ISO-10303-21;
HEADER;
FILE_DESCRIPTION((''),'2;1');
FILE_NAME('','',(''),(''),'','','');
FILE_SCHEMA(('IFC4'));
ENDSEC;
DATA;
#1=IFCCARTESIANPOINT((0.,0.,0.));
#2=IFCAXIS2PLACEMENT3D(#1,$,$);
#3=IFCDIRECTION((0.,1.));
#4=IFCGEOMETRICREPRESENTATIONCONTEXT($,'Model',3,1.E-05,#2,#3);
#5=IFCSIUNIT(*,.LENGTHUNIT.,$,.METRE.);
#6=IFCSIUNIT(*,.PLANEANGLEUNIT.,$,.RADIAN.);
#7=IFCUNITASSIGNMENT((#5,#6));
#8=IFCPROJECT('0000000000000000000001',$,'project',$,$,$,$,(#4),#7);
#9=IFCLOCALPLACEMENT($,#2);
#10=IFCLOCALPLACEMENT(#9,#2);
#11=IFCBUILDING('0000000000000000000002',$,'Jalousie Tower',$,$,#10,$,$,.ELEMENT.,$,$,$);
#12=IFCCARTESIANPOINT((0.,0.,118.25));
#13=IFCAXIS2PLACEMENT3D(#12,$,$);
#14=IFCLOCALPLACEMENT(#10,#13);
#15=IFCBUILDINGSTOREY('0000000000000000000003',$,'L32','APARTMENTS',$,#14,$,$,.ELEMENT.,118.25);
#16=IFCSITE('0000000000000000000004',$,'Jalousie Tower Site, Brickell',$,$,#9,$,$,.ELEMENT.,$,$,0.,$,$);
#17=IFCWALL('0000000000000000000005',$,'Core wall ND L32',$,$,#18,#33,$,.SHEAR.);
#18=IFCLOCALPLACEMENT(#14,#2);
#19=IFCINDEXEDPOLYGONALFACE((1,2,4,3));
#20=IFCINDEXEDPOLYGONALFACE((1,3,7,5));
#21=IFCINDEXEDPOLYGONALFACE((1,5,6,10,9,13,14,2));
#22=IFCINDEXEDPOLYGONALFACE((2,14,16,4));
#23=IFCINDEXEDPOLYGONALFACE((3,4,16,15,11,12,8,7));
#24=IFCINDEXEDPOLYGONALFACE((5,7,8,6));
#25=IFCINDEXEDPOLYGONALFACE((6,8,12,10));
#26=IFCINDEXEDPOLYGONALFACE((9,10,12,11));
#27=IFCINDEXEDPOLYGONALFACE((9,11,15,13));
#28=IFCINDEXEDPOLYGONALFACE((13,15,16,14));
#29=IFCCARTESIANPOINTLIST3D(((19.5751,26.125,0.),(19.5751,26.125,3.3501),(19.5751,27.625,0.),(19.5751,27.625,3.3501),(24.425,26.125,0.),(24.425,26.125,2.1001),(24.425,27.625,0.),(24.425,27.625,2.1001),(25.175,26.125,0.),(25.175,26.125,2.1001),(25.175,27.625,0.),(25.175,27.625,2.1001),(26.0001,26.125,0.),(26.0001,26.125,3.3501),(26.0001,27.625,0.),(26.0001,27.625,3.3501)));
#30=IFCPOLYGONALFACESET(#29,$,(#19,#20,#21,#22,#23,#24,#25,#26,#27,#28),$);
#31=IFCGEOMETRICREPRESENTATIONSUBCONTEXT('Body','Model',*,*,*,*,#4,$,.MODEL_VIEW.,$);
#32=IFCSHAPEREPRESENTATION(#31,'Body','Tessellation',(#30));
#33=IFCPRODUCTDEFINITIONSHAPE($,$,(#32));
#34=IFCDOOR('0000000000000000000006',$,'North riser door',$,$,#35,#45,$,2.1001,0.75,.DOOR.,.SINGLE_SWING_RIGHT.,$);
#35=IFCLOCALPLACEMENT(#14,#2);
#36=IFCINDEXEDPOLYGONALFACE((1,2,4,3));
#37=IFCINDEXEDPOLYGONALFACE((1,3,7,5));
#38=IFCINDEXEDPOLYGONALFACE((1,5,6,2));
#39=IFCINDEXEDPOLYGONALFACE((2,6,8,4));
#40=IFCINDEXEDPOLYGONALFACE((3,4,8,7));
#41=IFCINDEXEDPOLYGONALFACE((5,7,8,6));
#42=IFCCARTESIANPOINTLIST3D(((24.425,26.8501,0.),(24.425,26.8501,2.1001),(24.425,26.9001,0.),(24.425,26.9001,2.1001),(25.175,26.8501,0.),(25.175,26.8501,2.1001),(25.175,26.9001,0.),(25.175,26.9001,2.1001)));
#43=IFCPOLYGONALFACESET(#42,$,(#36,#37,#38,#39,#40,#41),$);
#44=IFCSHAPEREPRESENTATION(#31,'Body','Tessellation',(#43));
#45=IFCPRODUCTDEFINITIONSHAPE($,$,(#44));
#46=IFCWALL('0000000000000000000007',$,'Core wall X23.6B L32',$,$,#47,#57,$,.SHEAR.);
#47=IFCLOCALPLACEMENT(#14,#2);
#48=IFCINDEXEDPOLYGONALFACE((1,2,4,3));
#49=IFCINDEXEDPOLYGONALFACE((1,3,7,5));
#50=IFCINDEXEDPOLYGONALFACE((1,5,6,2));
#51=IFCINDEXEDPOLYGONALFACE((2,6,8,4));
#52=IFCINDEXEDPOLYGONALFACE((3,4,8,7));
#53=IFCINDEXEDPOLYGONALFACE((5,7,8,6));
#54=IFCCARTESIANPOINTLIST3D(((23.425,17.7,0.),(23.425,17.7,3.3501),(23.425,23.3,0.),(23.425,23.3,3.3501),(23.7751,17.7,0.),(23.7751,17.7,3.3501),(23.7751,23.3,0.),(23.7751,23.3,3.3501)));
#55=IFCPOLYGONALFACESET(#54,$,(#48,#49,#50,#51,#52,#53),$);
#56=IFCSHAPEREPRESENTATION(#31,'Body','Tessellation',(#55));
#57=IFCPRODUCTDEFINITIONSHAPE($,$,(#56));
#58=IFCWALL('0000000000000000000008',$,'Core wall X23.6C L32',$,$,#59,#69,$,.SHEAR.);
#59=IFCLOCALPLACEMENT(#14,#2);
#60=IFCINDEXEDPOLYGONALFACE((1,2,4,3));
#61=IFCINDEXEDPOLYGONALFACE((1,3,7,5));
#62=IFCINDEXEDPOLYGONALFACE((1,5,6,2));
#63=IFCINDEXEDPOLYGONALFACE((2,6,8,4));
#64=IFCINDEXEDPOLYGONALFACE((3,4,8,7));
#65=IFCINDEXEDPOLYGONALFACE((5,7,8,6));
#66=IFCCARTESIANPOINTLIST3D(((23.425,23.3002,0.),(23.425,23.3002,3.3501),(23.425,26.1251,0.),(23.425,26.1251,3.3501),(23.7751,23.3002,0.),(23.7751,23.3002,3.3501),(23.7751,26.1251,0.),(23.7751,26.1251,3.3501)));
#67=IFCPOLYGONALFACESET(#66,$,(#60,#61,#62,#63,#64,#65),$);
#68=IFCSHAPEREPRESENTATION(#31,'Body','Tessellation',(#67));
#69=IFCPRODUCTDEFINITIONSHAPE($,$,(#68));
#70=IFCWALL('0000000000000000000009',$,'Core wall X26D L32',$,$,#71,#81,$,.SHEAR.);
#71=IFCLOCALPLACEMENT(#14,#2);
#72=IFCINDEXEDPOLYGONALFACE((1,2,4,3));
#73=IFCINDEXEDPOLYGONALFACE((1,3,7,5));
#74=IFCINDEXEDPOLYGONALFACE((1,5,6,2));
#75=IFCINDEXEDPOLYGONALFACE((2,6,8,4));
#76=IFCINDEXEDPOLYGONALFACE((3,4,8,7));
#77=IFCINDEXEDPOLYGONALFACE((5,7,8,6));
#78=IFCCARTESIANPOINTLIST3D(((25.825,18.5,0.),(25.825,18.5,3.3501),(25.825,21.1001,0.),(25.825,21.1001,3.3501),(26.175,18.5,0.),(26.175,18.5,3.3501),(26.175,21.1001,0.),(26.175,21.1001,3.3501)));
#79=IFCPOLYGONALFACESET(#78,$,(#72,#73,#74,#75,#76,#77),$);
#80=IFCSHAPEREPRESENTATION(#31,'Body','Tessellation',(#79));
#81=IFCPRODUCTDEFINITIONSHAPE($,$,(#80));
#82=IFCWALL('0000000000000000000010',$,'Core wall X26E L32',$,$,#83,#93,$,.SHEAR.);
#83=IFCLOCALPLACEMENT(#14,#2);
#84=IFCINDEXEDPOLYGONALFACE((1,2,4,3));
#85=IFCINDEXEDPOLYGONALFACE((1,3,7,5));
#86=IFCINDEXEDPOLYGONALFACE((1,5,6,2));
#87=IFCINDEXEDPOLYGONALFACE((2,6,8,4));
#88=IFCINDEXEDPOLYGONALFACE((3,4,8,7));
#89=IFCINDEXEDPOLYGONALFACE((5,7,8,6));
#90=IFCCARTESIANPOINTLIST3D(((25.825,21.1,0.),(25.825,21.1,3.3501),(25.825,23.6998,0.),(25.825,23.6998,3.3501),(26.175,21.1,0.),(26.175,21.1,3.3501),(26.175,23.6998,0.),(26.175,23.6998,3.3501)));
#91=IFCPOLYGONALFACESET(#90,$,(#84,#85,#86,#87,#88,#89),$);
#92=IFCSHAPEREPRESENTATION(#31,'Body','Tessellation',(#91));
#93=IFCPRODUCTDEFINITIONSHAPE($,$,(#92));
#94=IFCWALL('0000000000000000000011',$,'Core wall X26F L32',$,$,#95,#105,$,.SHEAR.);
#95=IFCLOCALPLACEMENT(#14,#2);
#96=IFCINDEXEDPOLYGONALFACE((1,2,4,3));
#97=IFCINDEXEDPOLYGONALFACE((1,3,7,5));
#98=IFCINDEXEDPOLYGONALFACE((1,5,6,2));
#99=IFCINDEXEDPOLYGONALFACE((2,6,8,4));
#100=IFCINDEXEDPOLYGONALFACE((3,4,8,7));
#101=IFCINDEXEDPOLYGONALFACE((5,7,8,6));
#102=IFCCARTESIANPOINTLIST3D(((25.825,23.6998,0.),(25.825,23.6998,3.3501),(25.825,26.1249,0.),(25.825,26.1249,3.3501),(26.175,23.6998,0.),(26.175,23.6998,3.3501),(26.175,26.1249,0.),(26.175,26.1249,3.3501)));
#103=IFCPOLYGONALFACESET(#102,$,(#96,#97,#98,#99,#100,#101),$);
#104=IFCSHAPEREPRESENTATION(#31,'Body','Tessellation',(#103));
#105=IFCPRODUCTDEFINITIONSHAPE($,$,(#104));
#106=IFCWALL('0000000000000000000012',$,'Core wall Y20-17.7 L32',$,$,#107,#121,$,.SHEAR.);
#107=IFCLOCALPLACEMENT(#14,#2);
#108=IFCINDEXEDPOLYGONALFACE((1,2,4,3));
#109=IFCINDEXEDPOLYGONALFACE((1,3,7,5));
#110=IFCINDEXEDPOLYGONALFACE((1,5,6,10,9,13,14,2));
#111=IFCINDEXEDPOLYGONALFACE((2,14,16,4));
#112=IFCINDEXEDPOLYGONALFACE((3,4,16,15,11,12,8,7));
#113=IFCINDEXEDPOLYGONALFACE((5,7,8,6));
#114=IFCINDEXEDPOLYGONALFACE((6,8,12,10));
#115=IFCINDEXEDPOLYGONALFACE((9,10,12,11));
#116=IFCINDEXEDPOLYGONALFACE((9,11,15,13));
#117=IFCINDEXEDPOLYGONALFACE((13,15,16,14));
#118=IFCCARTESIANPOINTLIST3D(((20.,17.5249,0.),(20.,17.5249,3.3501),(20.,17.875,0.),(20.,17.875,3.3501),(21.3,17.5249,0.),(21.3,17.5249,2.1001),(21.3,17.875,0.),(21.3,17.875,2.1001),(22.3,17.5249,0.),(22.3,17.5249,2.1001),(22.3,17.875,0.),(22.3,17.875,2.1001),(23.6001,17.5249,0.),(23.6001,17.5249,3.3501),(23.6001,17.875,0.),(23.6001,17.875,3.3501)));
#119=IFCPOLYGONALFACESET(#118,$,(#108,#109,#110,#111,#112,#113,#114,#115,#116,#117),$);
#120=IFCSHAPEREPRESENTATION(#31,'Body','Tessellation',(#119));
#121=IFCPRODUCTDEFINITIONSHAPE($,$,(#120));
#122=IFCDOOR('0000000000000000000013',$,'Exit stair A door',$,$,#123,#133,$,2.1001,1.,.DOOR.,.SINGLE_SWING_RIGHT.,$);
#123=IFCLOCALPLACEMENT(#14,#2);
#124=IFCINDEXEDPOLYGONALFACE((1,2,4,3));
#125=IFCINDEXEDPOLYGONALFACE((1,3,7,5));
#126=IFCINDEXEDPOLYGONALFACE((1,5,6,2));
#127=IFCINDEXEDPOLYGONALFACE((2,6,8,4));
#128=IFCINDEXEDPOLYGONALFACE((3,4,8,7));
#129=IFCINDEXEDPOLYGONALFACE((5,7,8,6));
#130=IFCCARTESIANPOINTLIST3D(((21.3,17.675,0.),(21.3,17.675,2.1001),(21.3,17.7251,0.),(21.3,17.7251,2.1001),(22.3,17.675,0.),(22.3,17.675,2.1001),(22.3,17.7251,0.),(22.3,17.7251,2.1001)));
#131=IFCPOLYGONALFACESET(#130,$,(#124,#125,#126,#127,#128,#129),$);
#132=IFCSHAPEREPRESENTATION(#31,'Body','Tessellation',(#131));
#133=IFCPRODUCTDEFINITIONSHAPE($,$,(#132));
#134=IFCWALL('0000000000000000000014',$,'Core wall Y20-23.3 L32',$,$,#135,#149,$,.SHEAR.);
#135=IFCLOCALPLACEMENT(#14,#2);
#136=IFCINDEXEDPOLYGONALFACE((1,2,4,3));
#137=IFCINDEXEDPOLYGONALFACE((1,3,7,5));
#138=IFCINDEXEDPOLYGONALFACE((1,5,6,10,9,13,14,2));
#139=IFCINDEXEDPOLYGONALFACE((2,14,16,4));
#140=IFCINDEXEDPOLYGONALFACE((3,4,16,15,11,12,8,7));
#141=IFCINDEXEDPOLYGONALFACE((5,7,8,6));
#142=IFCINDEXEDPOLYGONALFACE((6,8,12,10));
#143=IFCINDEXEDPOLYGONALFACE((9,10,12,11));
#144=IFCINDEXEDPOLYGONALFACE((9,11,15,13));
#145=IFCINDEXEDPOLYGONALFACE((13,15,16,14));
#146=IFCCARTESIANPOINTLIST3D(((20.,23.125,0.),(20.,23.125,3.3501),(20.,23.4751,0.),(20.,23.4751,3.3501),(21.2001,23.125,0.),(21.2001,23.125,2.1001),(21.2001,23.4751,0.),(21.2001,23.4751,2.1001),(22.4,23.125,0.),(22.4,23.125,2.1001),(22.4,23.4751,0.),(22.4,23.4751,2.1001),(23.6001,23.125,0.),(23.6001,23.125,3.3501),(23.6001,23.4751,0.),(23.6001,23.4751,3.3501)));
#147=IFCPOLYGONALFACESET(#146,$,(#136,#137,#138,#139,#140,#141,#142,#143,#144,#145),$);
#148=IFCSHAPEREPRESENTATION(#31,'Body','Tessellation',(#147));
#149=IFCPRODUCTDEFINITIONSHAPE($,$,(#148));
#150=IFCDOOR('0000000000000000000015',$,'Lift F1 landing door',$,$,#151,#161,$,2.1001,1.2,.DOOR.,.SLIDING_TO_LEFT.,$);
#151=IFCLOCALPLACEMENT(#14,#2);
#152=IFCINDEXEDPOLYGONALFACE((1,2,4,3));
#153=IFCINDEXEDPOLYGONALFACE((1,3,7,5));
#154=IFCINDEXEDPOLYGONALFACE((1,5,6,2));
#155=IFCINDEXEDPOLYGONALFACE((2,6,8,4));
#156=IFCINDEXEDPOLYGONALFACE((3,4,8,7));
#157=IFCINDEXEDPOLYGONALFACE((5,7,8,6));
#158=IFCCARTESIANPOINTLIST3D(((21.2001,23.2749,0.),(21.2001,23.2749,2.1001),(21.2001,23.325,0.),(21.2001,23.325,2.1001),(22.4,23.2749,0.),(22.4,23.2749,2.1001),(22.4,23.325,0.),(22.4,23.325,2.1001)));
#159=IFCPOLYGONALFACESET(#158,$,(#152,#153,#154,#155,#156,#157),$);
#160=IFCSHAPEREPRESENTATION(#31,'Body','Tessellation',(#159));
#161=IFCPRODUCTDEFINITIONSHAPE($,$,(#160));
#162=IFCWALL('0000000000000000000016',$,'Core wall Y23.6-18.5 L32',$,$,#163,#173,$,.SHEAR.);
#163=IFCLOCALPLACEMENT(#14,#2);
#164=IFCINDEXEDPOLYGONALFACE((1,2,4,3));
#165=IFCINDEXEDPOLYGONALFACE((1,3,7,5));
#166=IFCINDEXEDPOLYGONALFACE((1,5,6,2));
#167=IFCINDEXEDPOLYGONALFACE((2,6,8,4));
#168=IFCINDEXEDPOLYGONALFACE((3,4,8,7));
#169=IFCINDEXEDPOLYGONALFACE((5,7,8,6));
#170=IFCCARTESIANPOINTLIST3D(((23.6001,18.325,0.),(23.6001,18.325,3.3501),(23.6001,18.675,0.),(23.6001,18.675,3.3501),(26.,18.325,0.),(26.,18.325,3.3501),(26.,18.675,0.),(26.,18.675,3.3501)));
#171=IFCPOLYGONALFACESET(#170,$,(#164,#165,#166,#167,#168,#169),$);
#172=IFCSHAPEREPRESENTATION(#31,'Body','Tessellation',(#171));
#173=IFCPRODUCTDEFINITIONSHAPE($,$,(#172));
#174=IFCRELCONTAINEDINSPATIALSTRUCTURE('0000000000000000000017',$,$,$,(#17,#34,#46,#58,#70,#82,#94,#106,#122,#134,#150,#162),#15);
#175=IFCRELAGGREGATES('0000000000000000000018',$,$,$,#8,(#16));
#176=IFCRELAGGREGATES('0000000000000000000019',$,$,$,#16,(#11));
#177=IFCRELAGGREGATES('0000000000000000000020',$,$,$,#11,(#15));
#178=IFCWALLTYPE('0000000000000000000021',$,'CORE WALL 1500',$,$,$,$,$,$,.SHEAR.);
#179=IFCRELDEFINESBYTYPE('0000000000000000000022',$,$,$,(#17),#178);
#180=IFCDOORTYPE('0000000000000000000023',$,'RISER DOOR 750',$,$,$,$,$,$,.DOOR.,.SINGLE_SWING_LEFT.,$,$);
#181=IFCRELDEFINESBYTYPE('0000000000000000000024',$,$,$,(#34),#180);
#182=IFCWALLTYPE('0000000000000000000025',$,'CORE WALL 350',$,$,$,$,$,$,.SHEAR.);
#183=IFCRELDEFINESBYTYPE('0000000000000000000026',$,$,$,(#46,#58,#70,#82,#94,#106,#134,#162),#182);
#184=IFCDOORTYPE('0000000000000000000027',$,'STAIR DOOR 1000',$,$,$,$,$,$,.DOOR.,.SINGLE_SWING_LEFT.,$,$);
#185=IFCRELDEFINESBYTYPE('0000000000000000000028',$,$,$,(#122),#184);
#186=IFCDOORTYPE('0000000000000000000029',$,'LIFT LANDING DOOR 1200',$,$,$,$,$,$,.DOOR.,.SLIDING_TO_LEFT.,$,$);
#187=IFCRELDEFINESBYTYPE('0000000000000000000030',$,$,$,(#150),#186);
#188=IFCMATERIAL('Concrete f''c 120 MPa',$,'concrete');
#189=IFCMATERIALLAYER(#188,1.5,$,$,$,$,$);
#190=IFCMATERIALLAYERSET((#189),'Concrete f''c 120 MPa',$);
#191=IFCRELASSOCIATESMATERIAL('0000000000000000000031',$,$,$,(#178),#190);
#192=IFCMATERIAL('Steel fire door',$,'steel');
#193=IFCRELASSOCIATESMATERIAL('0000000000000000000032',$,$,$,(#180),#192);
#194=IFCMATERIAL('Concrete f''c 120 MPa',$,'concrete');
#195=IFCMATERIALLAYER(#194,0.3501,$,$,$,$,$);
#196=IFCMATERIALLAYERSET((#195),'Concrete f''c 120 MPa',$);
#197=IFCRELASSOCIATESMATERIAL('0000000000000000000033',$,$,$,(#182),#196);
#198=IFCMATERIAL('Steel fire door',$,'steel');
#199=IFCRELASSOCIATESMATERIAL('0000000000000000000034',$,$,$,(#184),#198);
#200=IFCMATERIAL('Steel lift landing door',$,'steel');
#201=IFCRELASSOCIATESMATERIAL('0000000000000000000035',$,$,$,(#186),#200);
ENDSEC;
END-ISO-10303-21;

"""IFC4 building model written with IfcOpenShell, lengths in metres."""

from ifc_helpers import new_model, si_unit, direction, frame, frame_2d, origin, place, context, subcontext, project, spatial, rectangle, extrude, material, layer, layer_set, type_object, element, fill, save


model = new_model("IFC4")

# Units and contexts
model_context = context("Model", 3, precision=1e-05, world=origin(), true_north=direction((0.0, 1.0)))
body_context = subcontext(model_context, "Body", "Model", "MODEL_VIEW")
ifc_project = project(units=[si_unit("LENGTHUNIT", "METRE"), si_unit("PLANEANGLEUNIT", "RADIAN")], contexts=[model_context])

# Site, building, storey
site_placement = place(None, origin())
site = spatial("IfcSite", under=ifc_project, at=site_placement, Name="Jalousie Tower Site, Brickell", CompositionType="ELEMENT", RefElevation=0.0)
building_placement = place(site_placement, origin())
building = spatial("IfcBuilding", under=site, at=building_placement, Name="Jalousie Tower", CompositionType="ELEMENT")
storey_placement = place(building_placement, frame((0.0, 0.0, 118.25)))
storey = spatial("IfcBuildingStorey", under=building, at=storey_placement, Name="L32", Description="APARTMENTS", CompositionType="ELEMENT", Elevation=118.25)

# Wall, opening, door
ifc_material_1 = material(Name="Concrete f'c 120 MPa", Category="concrete")
ifc_layer_1 = layer(ifc_material_1, 1.5)
ifc_layer_set_1 = layer_set([ifc_layer_1], Name="Concrete f'c 120 MPa")
wall_type_1 = type_object("IfcWallType", Name="CORE WALL 1500", PredefinedType="SHEAR", material=ifc_layer_set_1)
wall_1_placement = place(storey_placement, frame((26.0, 26.875, 0.0), z_axis=(0.0, 0.0, 1.0), x_axis=(-1.0, 0.0, 0.0)))
wall_1 = element("IfcWall", 1, at=wall_1_placement, inside=storey, type_object=wall_type_1, Name="Core wall ND L32", PredefinedType="SHEAR", context=body_context, shape_type="SweptSolid", body=[
    extrude(rectangle(XDim=6.425, YDim=1.5, at=frame_2d((3.2124, 0.0))), origin(), (0.0, 0.0, 1.0), 3.3501),
])
opening_1_placement = place(wall_1_placement, frame((0.825, 0.0, 0.0)))
opening_1 = element("IfcOpeningElement", 2, at=opening_1_placement, cuts=wall_1, PredefinedType="OPENING", context=body_context, shape_type="SweptSolid", body=[
    extrude(rectangle(XDim=0.75, YDim=2.1001, at=frame_2d((0.375, 1.05))), frame((0.0, 0.76, 0.0), z_axis=(0.0, -1.0, 0.0), x_axis=(1.0, 0.0, 0.0)), (0.0, 0.0, 1.0), 1.52),
])
ifc_material_2 = material(Name="Steel fire door", Category="steel")
door_type_1 = type_object("IfcDoorType", Name="RISER DOOR 750", OperationType="SINGLE_SWING_LEFT", PredefinedType="DOOR", material=ifc_material_2)
door_1_placement = place(opening_1_placement, origin())
door_1 = element("IfcDoor", 3, at=door_1_placement, inside=storey, type_object=door_type_1, Name="North riser door", OperationType="SINGLE_SWING_RIGHT", OverallHeight=2.1001, OverallWidth=0.75, PredefinedType="DOOR", context=body_context, shape_type="SweptSolid", body=[
    extrude(rectangle(XDim=0.75, YDim=2.1001, at=frame_2d((0.375, 1.05))), frame((0.0, 0.0249, 0.0), z_axis=(0.0, -1.0, 0.0), x_axis=(1.0, 0.0, 0.0)), (0.0, 0.0, 1.0), 0.05),
])
fill(opening_1, door_1)

# Walls
ifc_material_3 = material(Name="Concrete f'c 120 MPa", Category="concrete")
ifc_layer_2 = layer(ifc_material_3, 0.3501)
ifc_layer_set_2 = layer_set([ifc_layer_2], Name="Concrete f'c 120 MPa")
wall_type_2 = type_object("IfcWallType", Name="CORE WALL 350", PredefinedType="SHEAR", material=ifc_layer_set_2)
wall_2_placement = place(storey_placement, frame((23.6001, 17.7, 0.0), z_axis=(0.0, 0.0, 1.0), x_axis=(0.0, 1.0, 0.0)))
element("IfcWall", 4, at=wall_2_placement, inside=storey, type_object=wall_type_2, Name="Core wall X23.6B L32", PredefinedType="SHEAR", context=body_context, shape_type="SweptSolid", body=[
    extrude(rectangle(XDim=5.6001, YDim=0.3501, at=frame_2d((2.8, 0.0))), origin(), (0.0, 0.0, 1.0), 3.3501),
])
wall_3_placement = place(storey_placement, frame((23.6001, 23.3, 0.0), z_axis=(0.0, 0.0, 1.0), x_axis=(0.0, 1.0, 0.0)))
element("IfcWall", 5, at=wall_3_placement, inside=storey, type_object=wall_type_2, Name="Core wall X23.6C L32", PredefinedType="SHEAR", context=body_context, shape_type="SweptSolid", body=[
    extrude(rectangle(XDim=2.825, YDim=0.3501, at=frame_2d((1.4126, 0.0))), origin(), (0.0, 0.0, 1.0), 3.3501),
])
wall_4_placement = place(storey_placement, frame((26.0, 18.5, 0.0), z_axis=(0.0, 0.0, 1.0), x_axis=(0.0, 1.0, 0.0)))
element("IfcWall", 6, at=wall_4_placement, inside=storey, type_object=wall_type_2, Name="Core wall X26D L32", PredefinedType="SHEAR", context=body_context, shape_type="SweptSolid", body=[
    extrude(rectangle(XDim=2.6001, YDim=0.3501, at=frame_2d((1.3, 0.0))), origin(), (0.0, 0.0, 1.0), 3.3501),
])
wall_5_placement = place(storey_placement, frame((26.0, 21.1001, 0.0), z_axis=(0.0, 0.0, 1.0), x_axis=(0.0, 1.0, 0.0)))
element("IfcWall", 7, at=wall_5_placement, inside=storey, type_object=wall_type_2, Name="Core wall X26E L32", PredefinedType="SHEAR", context=body_context, shape_type="SweptSolid", body=[
    extrude(rectangle(XDim=2.5999, YDim=0.3501, at=frame_2d((1.2998, 0.0))), origin(), (0.0, 0.0, 1.0), 3.3501),
])
wall_6_placement = place(storey_placement, frame((26.0, 23.7, 0.0), z_axis=(0.0, 0.0, 1.0), x_axis=(0.0, 1.0, 0.0)))
element("IfcWall", 8, at=wall_6_placement, inside=storey, type_object=wall_type_2, Name="Core wall X26F L32", PredefinedType="SHEAR", context=body_context, shape_type="SweptSolid", body=[
    extrude(rectangle(XDim=2.425, YDim=0.3501, at=frame_2d((1.2124, 0.0))), origin(), (0.0, 0.0, 1.0), 3.3501),
])

# Walls, openings, doors
wall_7_placement = place(storey_placement, frame((20.0, 17.7, 0.0), z_axis=(0.0, 0.0, 1.0), x_axis=(1.0, 0.0, 0.0)))
wall_7 = element("IfcWall", 9, at=wall_7_placement, inside=storey, type_object=wall_type_2, Name="Core wall Y20-17.7 L32", PredefinedType="SHEAR", context=body_context, shape_type="SweptSolid", body=[
    extrude(rectangle(XDim=3.6001, YDim=0.3501, at=frame_2d((1.8, 0.0))), origin(), (0.0, 0.0, 1.0), 3.3501),
])
opening_2_placement = place(wall_7_placement, frame((1.3, 0.0, 0.0)))
opening_2 = element("IfcOpeningElement", 10, at=opening_2_placement, cuts=wall_7, PredefinedType="OPENING", context=body_context, shape_type="SweptSolid", body=[
    extrude(rectangle(XDim=1.0, YDim=2.1001, at=frame_2d((0.5, 1.05))), frame((0.0, 0.1851, 0.0), z_axis=(0.0, -1.0, 0.0), x_axis=(1.0, 0.0, 0.0)), (0.0, 0.0, 1.0), 0.3701),
])
ifc_material_4 = material(Name="Steel fire door", Category="steel")
door_type_2 = type_object("IfcDoorType", Name="STAIR DOOR 1000", OperationType="SINGLE_SWING_LEFT", PredefinedType="DOOR", material=ifc_material_4)
door_2_placement = place(opening_2_placement, frame((1.0, 0.0, 0.0), z_axis=(0.0, 0.0, 1.0), x_axis=(-1.0, 0.0, 0.0)))
door_2 = element("IfcDoor", 11, at=door_2_placement, inside=storey, type_object=door_type_2, Name="Exit stair A door", OperationType="SINGLE_SWING_RIGHT", OverallHeight=2.1001, OverallWidth=1.0, PredefinedType="DOOR", context=body_context, shape_type="SweptSolid", body=[
    extrude(rectangle(XDim=1.0, YDim=2.1001, at=frame_2d((0.5, 1.05))), frame((0.0, 0.0249, 0.0), z_axis=(0.0, -1.0, 0.0), x_axis=(1.0, 0.0, 0.0)), (0.0, 0.0, 1.0), 0.05),
])
fill(opening_2, door_2)
wall_8_placement = place(storey_placement, frame((20.0, 23.3, 0.0), z_axis=(0.0, 0.0, 1.0), x_axis=(1.0, 0.0, 0.0)))
wall_8 = element("IfcWall", 12, at=wall_8_placement, inside=storey, type_object=wall_type_2, Name="Core wall Y20-23.3 L32", PredefinedType="SHEAR", context=body_context, shape_type="SweptSolid", body=[
    extrude(rectangle(XDim=3.6001, YDim=0.3501, at=frame_2d((1.8, 0.0))), origin(), (0.0, 0.0, 1.0), 3.3501),
])
opening_3_placement = place(wall_8_placement, frame((1.2, 0.0, 0.0)))
opening_3 = element("IfcOpeningElement", 13, at=opening_3_placement, cuts=wall_8, PredefinedType="OPENING", context=body_context, shape_type="SweptSolid", body=[
    extrude(rectangle(XDim=1.2, YDim=2.1001, at=frame_2d((0.6001, 1.05))), frame((0.0, 0.1851, 0.0), z_axis=(0.0, -1.0, 0.0), x_axis=(1.0, 0.0, 0.0)), (0.0, 0.0, 1.0), 0.3701),
])
ifc_material_5 = material(Name="Steel lift landing door", Category="steel")
door_type_3 = type_object("IfcDoorType", Name="LIFT LANDING DOOR 1200", OperationType="SLIDING_TO_LEFT", PredefinedType="DOOR", material=ifc_material_5)
door_3_placement = place(opening_3_placement, origin())
door_3 = element("IfcDoor", 14, at=door_3_placement, inside=storey, type_object=door_type_3, Name="Lift F1 landing door", OperationType="SLIDING_TO_LEFT", OverallHeight=2.1001, OverallWidth=1.2, PredefinedType="DOOR", context=body_context, shape_type="SweptSolid", body=[
    extrude(rectangle(XDim=1.2, YDim=2.1001, at=frame_2d((0.6001, 1.05))), frame((0.0, 0.0249, 0.0), z_axis=(0.0, -1.0, 0.0), x_axis=(1.0, 0.0, 0.0)), (0.0, 0.0, 1.0), 0.05),
])
fill(opening_3, door_3)

# Wall
wall_9_placement = place(storey_placement, frame((23.6001, 18.5, 0.0), z_axis=(0.0, 0.0, 1.0), x_axis=(1.0, 0.0, 0.0)))
element("IfcWall", 15, at=wall_9_placement, inside=storey, type_object=wall_type_2, Name="Core wall Y23.6-18.5 L32", PredefinedType="SHEAR", context=body_context, shape_type="SweptSolid", body=[
    extrude(rectangle(XDim=2.3999, YDim=0.3501, at=frame_2d((1.2, 0.0))), origin(), (0.0, 0.0, 1.0), 3.3501),
])

save(model, "model.ifc")
